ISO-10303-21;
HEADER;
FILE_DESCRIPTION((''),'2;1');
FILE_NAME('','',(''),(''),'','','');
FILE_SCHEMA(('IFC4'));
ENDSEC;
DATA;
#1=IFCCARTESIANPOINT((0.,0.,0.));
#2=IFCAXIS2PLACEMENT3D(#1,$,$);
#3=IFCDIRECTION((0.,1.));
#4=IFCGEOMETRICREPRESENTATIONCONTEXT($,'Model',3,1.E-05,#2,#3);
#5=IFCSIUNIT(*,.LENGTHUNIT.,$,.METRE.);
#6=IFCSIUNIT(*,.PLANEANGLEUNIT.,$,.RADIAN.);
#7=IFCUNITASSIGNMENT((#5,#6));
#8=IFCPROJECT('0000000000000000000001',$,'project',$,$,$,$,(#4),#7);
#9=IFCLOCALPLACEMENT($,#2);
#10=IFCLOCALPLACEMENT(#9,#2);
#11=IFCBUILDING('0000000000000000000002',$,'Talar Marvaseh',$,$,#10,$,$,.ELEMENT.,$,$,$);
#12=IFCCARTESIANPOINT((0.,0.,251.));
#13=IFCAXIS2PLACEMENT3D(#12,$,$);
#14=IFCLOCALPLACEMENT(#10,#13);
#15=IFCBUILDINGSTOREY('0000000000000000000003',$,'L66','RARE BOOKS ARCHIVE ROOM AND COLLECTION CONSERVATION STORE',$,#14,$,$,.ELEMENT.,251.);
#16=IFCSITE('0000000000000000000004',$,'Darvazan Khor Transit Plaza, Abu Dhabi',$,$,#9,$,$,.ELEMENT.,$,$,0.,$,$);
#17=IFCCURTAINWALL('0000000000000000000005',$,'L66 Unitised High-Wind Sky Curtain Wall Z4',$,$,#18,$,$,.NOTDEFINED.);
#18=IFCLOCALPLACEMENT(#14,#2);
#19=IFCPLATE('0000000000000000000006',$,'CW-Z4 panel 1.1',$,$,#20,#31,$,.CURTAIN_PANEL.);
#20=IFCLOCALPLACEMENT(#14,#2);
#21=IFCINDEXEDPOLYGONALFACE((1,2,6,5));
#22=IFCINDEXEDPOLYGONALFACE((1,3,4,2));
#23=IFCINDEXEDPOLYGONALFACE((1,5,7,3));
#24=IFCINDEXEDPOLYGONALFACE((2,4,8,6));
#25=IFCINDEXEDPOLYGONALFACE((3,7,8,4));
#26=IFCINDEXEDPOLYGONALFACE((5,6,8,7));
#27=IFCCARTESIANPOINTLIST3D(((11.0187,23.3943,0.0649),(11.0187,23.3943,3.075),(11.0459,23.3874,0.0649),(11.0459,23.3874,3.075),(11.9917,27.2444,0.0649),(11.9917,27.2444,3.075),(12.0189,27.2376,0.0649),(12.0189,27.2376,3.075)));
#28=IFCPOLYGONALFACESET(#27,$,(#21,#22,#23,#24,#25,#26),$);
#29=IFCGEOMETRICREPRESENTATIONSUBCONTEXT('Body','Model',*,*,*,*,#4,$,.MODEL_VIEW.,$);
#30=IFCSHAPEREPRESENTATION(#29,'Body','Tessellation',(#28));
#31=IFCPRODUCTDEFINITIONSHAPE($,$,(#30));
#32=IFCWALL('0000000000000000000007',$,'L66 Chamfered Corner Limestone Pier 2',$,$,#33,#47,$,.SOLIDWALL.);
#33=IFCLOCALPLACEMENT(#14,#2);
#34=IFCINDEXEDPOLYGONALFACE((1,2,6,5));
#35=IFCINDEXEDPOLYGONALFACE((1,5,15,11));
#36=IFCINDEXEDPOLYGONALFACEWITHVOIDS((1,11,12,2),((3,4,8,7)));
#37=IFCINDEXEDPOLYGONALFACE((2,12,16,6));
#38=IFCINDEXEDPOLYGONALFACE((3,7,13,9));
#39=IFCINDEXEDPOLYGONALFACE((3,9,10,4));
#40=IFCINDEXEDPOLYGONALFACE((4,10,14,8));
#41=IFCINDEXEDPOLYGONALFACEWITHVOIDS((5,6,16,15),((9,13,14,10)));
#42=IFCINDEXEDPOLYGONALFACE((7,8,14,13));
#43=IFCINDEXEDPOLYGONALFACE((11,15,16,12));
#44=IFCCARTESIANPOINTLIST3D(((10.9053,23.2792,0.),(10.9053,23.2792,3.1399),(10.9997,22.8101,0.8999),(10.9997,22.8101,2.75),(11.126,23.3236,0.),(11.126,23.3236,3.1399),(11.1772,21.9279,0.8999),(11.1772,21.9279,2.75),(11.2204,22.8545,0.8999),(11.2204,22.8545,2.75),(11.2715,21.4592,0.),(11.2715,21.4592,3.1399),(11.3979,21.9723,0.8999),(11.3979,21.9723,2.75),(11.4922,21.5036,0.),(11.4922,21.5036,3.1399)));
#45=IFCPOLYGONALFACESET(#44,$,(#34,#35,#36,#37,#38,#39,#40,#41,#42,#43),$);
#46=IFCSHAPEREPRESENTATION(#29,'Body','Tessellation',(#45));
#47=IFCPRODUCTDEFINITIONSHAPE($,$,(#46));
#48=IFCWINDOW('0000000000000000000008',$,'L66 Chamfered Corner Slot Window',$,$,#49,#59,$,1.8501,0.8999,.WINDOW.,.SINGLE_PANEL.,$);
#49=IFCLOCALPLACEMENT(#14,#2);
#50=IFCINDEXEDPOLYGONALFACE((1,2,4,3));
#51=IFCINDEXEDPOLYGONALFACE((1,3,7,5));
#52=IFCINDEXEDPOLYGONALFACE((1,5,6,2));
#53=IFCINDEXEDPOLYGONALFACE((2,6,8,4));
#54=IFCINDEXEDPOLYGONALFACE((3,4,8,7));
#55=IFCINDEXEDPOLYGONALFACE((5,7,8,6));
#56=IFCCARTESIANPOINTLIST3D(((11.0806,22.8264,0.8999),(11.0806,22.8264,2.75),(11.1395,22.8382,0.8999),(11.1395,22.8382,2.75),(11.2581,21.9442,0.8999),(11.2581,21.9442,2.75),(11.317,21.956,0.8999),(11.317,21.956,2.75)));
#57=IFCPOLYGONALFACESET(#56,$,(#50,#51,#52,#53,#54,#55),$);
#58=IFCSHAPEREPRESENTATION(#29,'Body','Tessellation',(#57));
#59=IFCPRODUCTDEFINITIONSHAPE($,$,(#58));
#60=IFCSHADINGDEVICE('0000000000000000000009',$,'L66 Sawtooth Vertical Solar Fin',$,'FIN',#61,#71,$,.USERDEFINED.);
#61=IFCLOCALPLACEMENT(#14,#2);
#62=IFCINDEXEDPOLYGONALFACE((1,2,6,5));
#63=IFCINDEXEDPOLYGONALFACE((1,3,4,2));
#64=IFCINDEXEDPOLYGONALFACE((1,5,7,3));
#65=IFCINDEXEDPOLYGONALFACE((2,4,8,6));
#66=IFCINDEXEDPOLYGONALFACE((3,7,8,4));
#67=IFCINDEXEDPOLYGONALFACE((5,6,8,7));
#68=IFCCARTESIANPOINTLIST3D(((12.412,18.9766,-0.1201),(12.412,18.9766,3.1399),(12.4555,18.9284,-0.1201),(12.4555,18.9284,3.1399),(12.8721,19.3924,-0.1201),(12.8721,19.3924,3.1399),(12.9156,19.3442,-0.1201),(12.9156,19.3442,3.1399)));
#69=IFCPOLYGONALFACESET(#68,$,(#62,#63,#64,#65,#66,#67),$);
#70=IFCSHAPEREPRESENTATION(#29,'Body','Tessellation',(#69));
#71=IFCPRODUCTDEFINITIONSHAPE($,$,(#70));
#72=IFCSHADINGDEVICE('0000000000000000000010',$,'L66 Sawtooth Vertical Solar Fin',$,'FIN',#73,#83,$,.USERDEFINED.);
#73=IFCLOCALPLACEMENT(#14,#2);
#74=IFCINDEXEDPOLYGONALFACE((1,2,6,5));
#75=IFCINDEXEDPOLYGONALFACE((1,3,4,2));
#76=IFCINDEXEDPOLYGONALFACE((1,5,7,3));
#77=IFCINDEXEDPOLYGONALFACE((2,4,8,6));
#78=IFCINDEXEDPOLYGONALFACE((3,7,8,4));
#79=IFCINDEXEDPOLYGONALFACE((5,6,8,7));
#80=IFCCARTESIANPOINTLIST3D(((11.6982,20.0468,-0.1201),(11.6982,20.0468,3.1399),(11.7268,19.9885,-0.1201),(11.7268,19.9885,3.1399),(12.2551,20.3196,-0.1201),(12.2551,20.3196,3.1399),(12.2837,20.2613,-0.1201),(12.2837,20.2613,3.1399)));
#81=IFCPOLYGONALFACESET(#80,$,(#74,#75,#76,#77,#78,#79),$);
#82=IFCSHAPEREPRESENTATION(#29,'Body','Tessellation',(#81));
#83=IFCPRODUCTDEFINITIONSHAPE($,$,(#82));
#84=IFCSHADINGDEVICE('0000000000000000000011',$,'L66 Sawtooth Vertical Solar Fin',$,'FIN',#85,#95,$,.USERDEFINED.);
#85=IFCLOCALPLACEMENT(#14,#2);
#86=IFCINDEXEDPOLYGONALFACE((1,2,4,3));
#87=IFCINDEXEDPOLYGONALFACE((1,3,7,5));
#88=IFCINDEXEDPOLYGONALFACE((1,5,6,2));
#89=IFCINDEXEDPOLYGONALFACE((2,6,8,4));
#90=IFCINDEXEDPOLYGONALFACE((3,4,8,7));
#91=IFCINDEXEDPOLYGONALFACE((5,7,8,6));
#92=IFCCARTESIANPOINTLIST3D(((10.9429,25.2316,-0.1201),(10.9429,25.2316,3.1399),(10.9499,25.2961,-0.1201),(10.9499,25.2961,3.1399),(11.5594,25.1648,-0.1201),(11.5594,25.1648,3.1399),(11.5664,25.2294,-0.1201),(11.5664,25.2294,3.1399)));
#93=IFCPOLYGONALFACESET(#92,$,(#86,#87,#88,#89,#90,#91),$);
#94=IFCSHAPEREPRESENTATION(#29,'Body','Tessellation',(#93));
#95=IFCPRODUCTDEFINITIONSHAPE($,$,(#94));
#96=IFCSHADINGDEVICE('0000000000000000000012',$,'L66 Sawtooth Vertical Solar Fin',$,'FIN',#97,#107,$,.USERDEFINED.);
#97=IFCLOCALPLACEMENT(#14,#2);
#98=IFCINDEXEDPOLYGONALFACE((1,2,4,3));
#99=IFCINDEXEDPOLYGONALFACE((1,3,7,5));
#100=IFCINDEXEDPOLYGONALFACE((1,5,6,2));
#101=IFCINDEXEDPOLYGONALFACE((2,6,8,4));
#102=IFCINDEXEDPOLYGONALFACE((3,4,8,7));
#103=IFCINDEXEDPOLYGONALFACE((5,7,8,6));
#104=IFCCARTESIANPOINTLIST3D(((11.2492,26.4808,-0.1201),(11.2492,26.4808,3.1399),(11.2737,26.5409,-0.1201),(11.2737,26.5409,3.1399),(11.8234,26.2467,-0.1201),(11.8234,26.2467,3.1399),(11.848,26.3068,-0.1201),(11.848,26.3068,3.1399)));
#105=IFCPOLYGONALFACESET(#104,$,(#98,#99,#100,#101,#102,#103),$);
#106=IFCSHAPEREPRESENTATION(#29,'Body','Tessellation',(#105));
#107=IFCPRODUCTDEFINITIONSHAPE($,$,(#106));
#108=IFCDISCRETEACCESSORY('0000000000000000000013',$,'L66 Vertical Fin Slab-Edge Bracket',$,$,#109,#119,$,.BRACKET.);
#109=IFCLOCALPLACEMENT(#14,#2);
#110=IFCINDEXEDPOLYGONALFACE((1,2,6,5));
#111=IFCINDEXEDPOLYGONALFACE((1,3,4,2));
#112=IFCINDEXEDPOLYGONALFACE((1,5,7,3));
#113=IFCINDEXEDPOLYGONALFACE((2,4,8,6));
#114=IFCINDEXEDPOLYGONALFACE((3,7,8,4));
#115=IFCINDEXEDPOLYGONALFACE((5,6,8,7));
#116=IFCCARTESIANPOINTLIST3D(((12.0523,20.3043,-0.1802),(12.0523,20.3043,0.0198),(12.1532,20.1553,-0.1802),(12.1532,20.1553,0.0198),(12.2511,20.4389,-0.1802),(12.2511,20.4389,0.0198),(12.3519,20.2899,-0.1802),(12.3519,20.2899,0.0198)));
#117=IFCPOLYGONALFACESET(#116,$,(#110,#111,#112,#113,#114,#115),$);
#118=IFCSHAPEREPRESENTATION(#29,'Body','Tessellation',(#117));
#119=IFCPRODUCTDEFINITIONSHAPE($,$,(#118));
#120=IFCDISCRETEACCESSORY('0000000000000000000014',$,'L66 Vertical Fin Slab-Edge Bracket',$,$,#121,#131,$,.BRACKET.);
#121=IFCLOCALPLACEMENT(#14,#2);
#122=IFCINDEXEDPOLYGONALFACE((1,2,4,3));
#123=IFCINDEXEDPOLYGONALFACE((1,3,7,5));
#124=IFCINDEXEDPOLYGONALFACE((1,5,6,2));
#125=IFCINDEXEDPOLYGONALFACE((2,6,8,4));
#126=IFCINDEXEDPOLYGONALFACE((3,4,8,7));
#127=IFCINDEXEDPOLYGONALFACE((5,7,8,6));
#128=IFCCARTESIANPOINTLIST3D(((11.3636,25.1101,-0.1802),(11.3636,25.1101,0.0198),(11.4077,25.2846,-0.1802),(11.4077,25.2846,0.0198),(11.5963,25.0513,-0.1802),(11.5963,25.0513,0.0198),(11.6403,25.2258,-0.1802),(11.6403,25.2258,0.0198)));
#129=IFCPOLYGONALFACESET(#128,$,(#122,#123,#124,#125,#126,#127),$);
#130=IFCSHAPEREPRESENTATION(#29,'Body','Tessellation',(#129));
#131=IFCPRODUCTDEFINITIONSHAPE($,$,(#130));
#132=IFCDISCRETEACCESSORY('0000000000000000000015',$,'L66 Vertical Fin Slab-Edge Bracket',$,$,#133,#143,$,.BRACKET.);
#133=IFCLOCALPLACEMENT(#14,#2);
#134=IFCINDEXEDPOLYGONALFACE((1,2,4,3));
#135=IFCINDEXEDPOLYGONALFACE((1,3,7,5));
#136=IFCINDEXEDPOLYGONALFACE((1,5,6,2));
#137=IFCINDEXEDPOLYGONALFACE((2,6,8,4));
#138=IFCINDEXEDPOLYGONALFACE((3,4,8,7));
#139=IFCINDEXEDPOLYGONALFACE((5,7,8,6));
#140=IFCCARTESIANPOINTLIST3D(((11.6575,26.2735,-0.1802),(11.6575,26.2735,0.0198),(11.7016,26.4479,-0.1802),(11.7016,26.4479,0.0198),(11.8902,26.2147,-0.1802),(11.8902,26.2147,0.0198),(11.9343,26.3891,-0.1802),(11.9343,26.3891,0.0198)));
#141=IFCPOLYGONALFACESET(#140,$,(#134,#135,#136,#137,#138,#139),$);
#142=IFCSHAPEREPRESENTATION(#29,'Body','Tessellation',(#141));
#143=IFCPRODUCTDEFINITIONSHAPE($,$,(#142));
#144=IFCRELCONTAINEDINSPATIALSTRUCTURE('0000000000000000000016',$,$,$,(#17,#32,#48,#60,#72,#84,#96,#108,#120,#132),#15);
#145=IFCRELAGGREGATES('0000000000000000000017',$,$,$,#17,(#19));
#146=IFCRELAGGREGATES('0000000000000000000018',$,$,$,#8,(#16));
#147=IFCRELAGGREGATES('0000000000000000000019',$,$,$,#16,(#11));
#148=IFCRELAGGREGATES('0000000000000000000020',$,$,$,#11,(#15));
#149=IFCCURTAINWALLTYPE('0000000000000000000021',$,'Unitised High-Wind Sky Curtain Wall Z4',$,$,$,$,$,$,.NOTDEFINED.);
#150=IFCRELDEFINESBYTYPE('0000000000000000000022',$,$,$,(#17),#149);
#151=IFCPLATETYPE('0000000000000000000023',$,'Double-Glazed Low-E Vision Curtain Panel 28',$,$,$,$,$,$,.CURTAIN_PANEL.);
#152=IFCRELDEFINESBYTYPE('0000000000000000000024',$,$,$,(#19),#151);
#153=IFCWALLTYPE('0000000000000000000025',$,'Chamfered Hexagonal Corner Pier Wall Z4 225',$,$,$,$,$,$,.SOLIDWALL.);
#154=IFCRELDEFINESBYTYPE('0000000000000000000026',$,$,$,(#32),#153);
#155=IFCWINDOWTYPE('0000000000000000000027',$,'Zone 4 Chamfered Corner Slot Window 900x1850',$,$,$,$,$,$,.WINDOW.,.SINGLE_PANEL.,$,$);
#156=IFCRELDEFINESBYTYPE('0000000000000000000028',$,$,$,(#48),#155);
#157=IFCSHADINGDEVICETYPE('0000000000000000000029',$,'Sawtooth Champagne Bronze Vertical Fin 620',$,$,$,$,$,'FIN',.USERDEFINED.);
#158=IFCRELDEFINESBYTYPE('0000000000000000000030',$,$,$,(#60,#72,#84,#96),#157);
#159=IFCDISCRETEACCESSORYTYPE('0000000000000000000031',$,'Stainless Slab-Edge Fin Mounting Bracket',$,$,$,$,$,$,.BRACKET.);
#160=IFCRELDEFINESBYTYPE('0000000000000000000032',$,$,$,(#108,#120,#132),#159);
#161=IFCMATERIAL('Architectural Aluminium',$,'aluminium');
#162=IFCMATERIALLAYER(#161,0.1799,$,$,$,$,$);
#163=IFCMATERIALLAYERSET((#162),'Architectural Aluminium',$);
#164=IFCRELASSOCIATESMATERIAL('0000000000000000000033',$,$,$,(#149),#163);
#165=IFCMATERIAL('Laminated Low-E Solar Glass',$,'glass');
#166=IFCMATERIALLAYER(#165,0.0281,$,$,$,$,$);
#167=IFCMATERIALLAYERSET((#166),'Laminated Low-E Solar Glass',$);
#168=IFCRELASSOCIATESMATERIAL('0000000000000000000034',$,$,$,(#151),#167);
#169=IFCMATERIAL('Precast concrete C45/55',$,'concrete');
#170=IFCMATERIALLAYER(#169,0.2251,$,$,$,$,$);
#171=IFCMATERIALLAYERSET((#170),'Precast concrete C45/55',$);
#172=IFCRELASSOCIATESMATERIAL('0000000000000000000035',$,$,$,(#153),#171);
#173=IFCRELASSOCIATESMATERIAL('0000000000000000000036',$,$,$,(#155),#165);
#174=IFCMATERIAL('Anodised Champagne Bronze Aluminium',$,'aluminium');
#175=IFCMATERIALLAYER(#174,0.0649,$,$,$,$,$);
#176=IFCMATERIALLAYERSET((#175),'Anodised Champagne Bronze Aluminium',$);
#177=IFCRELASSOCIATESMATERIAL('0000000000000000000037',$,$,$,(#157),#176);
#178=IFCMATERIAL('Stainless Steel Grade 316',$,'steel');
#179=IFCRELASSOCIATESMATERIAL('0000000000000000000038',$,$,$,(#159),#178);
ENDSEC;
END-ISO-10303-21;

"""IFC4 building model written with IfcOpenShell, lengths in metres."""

from ifc_helpers import new_model, si_unit, direction, frame, frame_2d, origin, origin_2d, place, context, subcontext, project, spatial, rectangle, extrude, source, transform, mapped, material, layer, layer_set, type_object, type_shapes, element, fill, aggregate, save


model = new_model("IFC4")

# Units and contexts
model_context = context("Model", 3, precision=1e-05, world=origin(), true_north=direction((0.0, 1.0)))
body_context = subcontext(model_context, "Body", "Model", "MODEL_VIEW")
ifc_project = project(units=[si_unit("LENGTHUNIT", "METRE"), si_unit("PLANEANGLEUNIT", "RADIAN")], contexts=[model_context])

# Site, building, storey
site_placement = place(None, origin())
site = spatial("IfcSite", under=ifc_project, at=site_placement, Name="Darvazan Khor Transit Plaza, Abu Dhabi", CompositionType="ELEMENT", RefElevation=0.0)
building_placement = place(site_placement, origin())
building = spatial("IfcBuilding", under=site, at=building_placement, Name="Talar Marvaseh", CompositionType="ELEMENT")
storey_placement = place(building_placement, frame((0.0, 0.0, 251.0)))
storey = spatial("IfcBuildingStorey", under=building, at=storey_placement, Name="L66", Description="RARE BOOKS ARCHIVE ROOM AND COLLECTION CONSERVATION STORE", CompositionType="ELEMENT", Elevation=251.0)

# Shared definitions
ifc_material_1 = material(Name="Architectural Aluminium", Category="aluminium")
ifc_layer_1 = layer(ifc_material_1, 0.1799)
ifc_layer_set_1 = layer_set([ifc_layer_1], Name="Architectural Aluminium")
curtain_wall_type = type_object("IfcCurtainWallType", Name="Unitised High-Wind Sky Curtain Wall Z4", PredefinedType="NOTDEFINED", material=ifc_layer_set_1)

# Curtain wall
curtain_wall_1_placement = place(storey_placement, origin())
curtain_wall_1 = element("IfcCurtainWall", 1, at=curtain_wall_1_placement, inside=storey, type_object=curtain_wall_type, Name="L66 Unitised High-Wind Sky Curtain Wall Z4", PredefinedType="NOTDEFINED")

# Plate
ifc_material_2 = material(Name="Laminated Low-E Solar Glass", Category="glass")
ifc_layer_2 = layer(ifc_material_2, 0.0281)
ifc_layer_set_2 = layer_set([ifc_layer_2], Name="Laminated Low-E Solar Glass")
plate_type = type_object("IfcPlateType", Name="Double-Glazed Low-E Vision Curtain Panel 28", PredefinedType="CURTAIN_PANEL", material=ifc_layer_set_2)
shared_shape_1 = source(origin(), body_context, "Body", "SweptSolid", [
    extrude(rectangle(XDim=3.9712, YDim=0.0281, at=origin_2d()), origin(), (0.0, 0.0, 1.0), 3.01),
])
plate_1_placement = place(storey_placement, frame((11.5188, 25.3159, 0.0649), z_axis=(0.0, 0.0, 1.0), x_axis=(0.245002, 0.969523, 0.0)))
plate_1 = element("IfcPlate", 2, at=plate_1_placement, type_object=plate_type, Name="CW-Z4 panel 1.1", PredefinedType="CURTAIN_PANEL", context=body_context, shape_type="MappedRepresentation", body=[
    mapped(shared_shape_1, transform((0.0, 0.0, 0.0), x_axis=(1.0, 0.0, 0.0), y_axis=(0.0, 1.0, 0.0), z_axis=(0.0, 0.0, 1.0), scale=1.0)),
])
aggregate(curtain_wall_1, [plate_1])

# Wall, opening, window
ifc_material_3 = material(Name="Precast concrete C45/55", Category="concrete")
ifc_layer_3 = layer(ifc_material_3, 0.2251)
ifc_layer_set_3 = layer_set([ifc_layer_3], Name="Precast concrete C45/55")
wall_type = type_object("IfcWallType", Name="Chamfered Hexagonal Corner Pier Wall Z4 225", PredefinedType="SOLIDWALL", material=ifc_layer_set_3)
wall_placement = place(storey_placement, frame((11.3818, 21.4814, 0.0), z_axis=(0.0, 0.0, 1.0), x_axis=(-0.197254, 0.980352, 0.0)))
wall = element("IfcWall", 3, at=wall_placement, inside=storey, type_object=wall_type, Name="L66 Chamfered Corner Limestone Pier 2", PredefinedType="SOLIDWALL", context=body_context, shape_type="SweptSolid", body=[
    extrude(rectangle(XDim=1.8564, YDim=0.2251, at=frame_2d((0.9282, 0.0))), origin(), (0.0, 0.0, 1.0), 3.1399),
])
opening_placement = place(wall_placement, frame((0.478, 0.0, 0.8999)))
opening = element("IfcOpeningElement", 4, at=opening_placement, cuts=wall, PredefinedType="OPENING", context=body_context, shape_type="SweptSolid", body=[
    extrude(rectangle(XDim=0.8999, YDim=1.8501, at=frame_2d((0.45, 0.925))), frame((0.0, 0.1226, 0.0), z_axis=(0.0, -1.0, 0.0), x_axis=(1.0, 0.0, 0.0)), (0.0, 0.0, 1.0), 0.2451),
])
window_type = type_object("IfcWindowType", Name="Zone 4 Chamfered Corner Slot Window 900x1850", PartitioningType="SINGLE_PANEL", PredefinedType="WINDOW", material=ifc_material_2)
shared_shape_2 = source(origin(), body_context, "Body", "SweptSolid", [
    extrude(rectangle(XDim=0.8999, YDim=1.8501, at=frame_2d((0.45, 0.925))), frame((0.0, 0.03, 0.0), z_axis=(0.0, -1.0, 0.0), x_axis=(1.0, 0.0, 0.0)), (0.0, 0.0, 1.0), 0.0601),
])
type_shapes(window_type, [shared_shape_2])
window_placement = place(opening_placement, origin())
window = element("IfcWindow", 5, at=window_placement, inside=storey, type_object=window_type, Name="L66 Chamfered Corner Slot Window", OverallHeight=1.8501, OverallWidth=0.8999, PartitioningType="SINGLE_PANEL", PredefinedType="WINDOW", context=body_context, shape_type="MappedRepresentation", body=[
    mapped(shared_shape_2, transform((0.0, 0.0, 0.0), x_axis=(1.0, 0.0, 0.0), y_axis=(0.0, 1.0, 0.0), z_axis=(0.0, 0.0, 1.0), scale=1.0)),
])
fill(opening, window)

# Shading devices
ifc_material_4 = material(Name="Anodised Champagne Bronze Aluminium", Category="aluminium")
ifc_layer_4 = layer(ifc_material_4, 0.0649)
ifc_layer_set_4 = layer_set([ifc_layer_4], Name="Anodised Champagne Bronze Aluminium")
shading_device_type = type_object("IfcShadingDeviceType", Name="Sawtooth Champagne Bronze Vertical Fin 620", ElementType="FIN", PredefinedType="USERDEFINED", material=ifc_layer_set_4)
shared_shape_3 = source(origin(), body_context, "Body", "SweptSolid", [
    extrude(rectangle(XDim=0.6201, YDim=0.0649, at=origin_2d()), origin(), (0.0, 0.0, 1.0), 3.26),
])
type_shapes(shading_device_type, [shared_shape_3])
for number, where, z_axis, x_axis, name in (
    (6, (12.6638, 19.1604, -0.1201), (0.0, 0.0, 1.0), (-0.741976, -0.670427, 0.0), "L66 Sawtooth Vertical Solar Fin"),
    (7, (11.991, 20.1541, -0.1201), (0.0, 0.0, 1.0), (-0.898028, -0.439939, 0.0), "L66 Sawtooth Vertical Solar Fin"),
    (8, (11.2546, 25.2305, -0.1201), (0.0, 0.0, 1.0), (-0.994189, 0.107652, 0.0), "L66 Sawtooth Vertical Solar Fin"),
    (9, (11.5486, 26.3938, -0.1201), (0.0, 0.0, 1.0), (-0.926002, 0.377518, 0.0), "L66 Sawtooth Vertical Solar Fin"),
):
    element("IfcShadingDevice", number, at=place(storey_placement, frame(where, z_axis=z_axis, x_axis=x_axis)), inside=storey, type_object=shading_device_type, Name=name, ObjectType="FIN", PredefinedType="USERDEFINED", context=body_context, shape_type="MappedRepresentation", body=[
        mapped(shared_shape_3, transform((0.0, 0.0, 0.0), x_axis=(1.0, 0.0, 0.0), y_axis=(0.0, 1.0, 0.0), z_axis=(0.0, 0.0, 1.0), scale=1.0)),
    ])

# Discrete accessories
ifc_material_5 = material(Name="Stainless Steel Grade 316", Category="steel")
discrete_accessory_type = type_object("IfcDiscreteAccessoryType", Name="Stainless Slab-Edge Fin Mounting Bracket", PredefinedType="BRACKET", material=ifc_material_5)
shared_shape_4 = source(origin(), body_context, "Body", "SweptSolid", [
    extrude(rectangle(XDim=0.24, YDim=0.1799, at=origin_2d()), origin(), (0.0, 0.0, 1.0), 0.2),
])
type_shapes(discrete_accessory_type, [shared_shape_4])
for number, where, z_axis, x_axis, name in (
    (10, (12.2021, 20.2971, -0.1802), (0.0, 0.0, 1.0), (-0.82806, -0.560639, 0.0), "L66 Vertical Fin Slab-Edge Bracket"),
    (11, (11.502, 25.168, -0.1802), (0.0, 0.0, 1.0), (-0.969531, 0.244969, 0.0), "L66 Vertical Fin Slab-Edge Bracket"),
    (12, (11.7959, 26.3313, -0.1802), (0.0, 0.0, 1.0), (-0.969531, 0.244969, 0.0), "L66 Vertical Fin Slab-Edge Bracket"),
):
    element("IfcDiscreteAccessory", number, at=place(storey_placement, frame(where, z_axis=z_axis, x_axis=x_axis)), inside=storey, type_object=discrete_accessory_type, Name=name, PredefinedType="BRACKET", context=body_context, shape_type="MappedRepresentation", body=[
        mapped(shared_shape_4, transform((0.0, 0.0, 0.0), x_axis=(1.0, 0.0, 0.0), y_axis=(0.0, 1.0, 0.0), z_axis=(0.0, 0.0, 1.0), scale=1.0)),
    ])

save(model, "model.ifc")
